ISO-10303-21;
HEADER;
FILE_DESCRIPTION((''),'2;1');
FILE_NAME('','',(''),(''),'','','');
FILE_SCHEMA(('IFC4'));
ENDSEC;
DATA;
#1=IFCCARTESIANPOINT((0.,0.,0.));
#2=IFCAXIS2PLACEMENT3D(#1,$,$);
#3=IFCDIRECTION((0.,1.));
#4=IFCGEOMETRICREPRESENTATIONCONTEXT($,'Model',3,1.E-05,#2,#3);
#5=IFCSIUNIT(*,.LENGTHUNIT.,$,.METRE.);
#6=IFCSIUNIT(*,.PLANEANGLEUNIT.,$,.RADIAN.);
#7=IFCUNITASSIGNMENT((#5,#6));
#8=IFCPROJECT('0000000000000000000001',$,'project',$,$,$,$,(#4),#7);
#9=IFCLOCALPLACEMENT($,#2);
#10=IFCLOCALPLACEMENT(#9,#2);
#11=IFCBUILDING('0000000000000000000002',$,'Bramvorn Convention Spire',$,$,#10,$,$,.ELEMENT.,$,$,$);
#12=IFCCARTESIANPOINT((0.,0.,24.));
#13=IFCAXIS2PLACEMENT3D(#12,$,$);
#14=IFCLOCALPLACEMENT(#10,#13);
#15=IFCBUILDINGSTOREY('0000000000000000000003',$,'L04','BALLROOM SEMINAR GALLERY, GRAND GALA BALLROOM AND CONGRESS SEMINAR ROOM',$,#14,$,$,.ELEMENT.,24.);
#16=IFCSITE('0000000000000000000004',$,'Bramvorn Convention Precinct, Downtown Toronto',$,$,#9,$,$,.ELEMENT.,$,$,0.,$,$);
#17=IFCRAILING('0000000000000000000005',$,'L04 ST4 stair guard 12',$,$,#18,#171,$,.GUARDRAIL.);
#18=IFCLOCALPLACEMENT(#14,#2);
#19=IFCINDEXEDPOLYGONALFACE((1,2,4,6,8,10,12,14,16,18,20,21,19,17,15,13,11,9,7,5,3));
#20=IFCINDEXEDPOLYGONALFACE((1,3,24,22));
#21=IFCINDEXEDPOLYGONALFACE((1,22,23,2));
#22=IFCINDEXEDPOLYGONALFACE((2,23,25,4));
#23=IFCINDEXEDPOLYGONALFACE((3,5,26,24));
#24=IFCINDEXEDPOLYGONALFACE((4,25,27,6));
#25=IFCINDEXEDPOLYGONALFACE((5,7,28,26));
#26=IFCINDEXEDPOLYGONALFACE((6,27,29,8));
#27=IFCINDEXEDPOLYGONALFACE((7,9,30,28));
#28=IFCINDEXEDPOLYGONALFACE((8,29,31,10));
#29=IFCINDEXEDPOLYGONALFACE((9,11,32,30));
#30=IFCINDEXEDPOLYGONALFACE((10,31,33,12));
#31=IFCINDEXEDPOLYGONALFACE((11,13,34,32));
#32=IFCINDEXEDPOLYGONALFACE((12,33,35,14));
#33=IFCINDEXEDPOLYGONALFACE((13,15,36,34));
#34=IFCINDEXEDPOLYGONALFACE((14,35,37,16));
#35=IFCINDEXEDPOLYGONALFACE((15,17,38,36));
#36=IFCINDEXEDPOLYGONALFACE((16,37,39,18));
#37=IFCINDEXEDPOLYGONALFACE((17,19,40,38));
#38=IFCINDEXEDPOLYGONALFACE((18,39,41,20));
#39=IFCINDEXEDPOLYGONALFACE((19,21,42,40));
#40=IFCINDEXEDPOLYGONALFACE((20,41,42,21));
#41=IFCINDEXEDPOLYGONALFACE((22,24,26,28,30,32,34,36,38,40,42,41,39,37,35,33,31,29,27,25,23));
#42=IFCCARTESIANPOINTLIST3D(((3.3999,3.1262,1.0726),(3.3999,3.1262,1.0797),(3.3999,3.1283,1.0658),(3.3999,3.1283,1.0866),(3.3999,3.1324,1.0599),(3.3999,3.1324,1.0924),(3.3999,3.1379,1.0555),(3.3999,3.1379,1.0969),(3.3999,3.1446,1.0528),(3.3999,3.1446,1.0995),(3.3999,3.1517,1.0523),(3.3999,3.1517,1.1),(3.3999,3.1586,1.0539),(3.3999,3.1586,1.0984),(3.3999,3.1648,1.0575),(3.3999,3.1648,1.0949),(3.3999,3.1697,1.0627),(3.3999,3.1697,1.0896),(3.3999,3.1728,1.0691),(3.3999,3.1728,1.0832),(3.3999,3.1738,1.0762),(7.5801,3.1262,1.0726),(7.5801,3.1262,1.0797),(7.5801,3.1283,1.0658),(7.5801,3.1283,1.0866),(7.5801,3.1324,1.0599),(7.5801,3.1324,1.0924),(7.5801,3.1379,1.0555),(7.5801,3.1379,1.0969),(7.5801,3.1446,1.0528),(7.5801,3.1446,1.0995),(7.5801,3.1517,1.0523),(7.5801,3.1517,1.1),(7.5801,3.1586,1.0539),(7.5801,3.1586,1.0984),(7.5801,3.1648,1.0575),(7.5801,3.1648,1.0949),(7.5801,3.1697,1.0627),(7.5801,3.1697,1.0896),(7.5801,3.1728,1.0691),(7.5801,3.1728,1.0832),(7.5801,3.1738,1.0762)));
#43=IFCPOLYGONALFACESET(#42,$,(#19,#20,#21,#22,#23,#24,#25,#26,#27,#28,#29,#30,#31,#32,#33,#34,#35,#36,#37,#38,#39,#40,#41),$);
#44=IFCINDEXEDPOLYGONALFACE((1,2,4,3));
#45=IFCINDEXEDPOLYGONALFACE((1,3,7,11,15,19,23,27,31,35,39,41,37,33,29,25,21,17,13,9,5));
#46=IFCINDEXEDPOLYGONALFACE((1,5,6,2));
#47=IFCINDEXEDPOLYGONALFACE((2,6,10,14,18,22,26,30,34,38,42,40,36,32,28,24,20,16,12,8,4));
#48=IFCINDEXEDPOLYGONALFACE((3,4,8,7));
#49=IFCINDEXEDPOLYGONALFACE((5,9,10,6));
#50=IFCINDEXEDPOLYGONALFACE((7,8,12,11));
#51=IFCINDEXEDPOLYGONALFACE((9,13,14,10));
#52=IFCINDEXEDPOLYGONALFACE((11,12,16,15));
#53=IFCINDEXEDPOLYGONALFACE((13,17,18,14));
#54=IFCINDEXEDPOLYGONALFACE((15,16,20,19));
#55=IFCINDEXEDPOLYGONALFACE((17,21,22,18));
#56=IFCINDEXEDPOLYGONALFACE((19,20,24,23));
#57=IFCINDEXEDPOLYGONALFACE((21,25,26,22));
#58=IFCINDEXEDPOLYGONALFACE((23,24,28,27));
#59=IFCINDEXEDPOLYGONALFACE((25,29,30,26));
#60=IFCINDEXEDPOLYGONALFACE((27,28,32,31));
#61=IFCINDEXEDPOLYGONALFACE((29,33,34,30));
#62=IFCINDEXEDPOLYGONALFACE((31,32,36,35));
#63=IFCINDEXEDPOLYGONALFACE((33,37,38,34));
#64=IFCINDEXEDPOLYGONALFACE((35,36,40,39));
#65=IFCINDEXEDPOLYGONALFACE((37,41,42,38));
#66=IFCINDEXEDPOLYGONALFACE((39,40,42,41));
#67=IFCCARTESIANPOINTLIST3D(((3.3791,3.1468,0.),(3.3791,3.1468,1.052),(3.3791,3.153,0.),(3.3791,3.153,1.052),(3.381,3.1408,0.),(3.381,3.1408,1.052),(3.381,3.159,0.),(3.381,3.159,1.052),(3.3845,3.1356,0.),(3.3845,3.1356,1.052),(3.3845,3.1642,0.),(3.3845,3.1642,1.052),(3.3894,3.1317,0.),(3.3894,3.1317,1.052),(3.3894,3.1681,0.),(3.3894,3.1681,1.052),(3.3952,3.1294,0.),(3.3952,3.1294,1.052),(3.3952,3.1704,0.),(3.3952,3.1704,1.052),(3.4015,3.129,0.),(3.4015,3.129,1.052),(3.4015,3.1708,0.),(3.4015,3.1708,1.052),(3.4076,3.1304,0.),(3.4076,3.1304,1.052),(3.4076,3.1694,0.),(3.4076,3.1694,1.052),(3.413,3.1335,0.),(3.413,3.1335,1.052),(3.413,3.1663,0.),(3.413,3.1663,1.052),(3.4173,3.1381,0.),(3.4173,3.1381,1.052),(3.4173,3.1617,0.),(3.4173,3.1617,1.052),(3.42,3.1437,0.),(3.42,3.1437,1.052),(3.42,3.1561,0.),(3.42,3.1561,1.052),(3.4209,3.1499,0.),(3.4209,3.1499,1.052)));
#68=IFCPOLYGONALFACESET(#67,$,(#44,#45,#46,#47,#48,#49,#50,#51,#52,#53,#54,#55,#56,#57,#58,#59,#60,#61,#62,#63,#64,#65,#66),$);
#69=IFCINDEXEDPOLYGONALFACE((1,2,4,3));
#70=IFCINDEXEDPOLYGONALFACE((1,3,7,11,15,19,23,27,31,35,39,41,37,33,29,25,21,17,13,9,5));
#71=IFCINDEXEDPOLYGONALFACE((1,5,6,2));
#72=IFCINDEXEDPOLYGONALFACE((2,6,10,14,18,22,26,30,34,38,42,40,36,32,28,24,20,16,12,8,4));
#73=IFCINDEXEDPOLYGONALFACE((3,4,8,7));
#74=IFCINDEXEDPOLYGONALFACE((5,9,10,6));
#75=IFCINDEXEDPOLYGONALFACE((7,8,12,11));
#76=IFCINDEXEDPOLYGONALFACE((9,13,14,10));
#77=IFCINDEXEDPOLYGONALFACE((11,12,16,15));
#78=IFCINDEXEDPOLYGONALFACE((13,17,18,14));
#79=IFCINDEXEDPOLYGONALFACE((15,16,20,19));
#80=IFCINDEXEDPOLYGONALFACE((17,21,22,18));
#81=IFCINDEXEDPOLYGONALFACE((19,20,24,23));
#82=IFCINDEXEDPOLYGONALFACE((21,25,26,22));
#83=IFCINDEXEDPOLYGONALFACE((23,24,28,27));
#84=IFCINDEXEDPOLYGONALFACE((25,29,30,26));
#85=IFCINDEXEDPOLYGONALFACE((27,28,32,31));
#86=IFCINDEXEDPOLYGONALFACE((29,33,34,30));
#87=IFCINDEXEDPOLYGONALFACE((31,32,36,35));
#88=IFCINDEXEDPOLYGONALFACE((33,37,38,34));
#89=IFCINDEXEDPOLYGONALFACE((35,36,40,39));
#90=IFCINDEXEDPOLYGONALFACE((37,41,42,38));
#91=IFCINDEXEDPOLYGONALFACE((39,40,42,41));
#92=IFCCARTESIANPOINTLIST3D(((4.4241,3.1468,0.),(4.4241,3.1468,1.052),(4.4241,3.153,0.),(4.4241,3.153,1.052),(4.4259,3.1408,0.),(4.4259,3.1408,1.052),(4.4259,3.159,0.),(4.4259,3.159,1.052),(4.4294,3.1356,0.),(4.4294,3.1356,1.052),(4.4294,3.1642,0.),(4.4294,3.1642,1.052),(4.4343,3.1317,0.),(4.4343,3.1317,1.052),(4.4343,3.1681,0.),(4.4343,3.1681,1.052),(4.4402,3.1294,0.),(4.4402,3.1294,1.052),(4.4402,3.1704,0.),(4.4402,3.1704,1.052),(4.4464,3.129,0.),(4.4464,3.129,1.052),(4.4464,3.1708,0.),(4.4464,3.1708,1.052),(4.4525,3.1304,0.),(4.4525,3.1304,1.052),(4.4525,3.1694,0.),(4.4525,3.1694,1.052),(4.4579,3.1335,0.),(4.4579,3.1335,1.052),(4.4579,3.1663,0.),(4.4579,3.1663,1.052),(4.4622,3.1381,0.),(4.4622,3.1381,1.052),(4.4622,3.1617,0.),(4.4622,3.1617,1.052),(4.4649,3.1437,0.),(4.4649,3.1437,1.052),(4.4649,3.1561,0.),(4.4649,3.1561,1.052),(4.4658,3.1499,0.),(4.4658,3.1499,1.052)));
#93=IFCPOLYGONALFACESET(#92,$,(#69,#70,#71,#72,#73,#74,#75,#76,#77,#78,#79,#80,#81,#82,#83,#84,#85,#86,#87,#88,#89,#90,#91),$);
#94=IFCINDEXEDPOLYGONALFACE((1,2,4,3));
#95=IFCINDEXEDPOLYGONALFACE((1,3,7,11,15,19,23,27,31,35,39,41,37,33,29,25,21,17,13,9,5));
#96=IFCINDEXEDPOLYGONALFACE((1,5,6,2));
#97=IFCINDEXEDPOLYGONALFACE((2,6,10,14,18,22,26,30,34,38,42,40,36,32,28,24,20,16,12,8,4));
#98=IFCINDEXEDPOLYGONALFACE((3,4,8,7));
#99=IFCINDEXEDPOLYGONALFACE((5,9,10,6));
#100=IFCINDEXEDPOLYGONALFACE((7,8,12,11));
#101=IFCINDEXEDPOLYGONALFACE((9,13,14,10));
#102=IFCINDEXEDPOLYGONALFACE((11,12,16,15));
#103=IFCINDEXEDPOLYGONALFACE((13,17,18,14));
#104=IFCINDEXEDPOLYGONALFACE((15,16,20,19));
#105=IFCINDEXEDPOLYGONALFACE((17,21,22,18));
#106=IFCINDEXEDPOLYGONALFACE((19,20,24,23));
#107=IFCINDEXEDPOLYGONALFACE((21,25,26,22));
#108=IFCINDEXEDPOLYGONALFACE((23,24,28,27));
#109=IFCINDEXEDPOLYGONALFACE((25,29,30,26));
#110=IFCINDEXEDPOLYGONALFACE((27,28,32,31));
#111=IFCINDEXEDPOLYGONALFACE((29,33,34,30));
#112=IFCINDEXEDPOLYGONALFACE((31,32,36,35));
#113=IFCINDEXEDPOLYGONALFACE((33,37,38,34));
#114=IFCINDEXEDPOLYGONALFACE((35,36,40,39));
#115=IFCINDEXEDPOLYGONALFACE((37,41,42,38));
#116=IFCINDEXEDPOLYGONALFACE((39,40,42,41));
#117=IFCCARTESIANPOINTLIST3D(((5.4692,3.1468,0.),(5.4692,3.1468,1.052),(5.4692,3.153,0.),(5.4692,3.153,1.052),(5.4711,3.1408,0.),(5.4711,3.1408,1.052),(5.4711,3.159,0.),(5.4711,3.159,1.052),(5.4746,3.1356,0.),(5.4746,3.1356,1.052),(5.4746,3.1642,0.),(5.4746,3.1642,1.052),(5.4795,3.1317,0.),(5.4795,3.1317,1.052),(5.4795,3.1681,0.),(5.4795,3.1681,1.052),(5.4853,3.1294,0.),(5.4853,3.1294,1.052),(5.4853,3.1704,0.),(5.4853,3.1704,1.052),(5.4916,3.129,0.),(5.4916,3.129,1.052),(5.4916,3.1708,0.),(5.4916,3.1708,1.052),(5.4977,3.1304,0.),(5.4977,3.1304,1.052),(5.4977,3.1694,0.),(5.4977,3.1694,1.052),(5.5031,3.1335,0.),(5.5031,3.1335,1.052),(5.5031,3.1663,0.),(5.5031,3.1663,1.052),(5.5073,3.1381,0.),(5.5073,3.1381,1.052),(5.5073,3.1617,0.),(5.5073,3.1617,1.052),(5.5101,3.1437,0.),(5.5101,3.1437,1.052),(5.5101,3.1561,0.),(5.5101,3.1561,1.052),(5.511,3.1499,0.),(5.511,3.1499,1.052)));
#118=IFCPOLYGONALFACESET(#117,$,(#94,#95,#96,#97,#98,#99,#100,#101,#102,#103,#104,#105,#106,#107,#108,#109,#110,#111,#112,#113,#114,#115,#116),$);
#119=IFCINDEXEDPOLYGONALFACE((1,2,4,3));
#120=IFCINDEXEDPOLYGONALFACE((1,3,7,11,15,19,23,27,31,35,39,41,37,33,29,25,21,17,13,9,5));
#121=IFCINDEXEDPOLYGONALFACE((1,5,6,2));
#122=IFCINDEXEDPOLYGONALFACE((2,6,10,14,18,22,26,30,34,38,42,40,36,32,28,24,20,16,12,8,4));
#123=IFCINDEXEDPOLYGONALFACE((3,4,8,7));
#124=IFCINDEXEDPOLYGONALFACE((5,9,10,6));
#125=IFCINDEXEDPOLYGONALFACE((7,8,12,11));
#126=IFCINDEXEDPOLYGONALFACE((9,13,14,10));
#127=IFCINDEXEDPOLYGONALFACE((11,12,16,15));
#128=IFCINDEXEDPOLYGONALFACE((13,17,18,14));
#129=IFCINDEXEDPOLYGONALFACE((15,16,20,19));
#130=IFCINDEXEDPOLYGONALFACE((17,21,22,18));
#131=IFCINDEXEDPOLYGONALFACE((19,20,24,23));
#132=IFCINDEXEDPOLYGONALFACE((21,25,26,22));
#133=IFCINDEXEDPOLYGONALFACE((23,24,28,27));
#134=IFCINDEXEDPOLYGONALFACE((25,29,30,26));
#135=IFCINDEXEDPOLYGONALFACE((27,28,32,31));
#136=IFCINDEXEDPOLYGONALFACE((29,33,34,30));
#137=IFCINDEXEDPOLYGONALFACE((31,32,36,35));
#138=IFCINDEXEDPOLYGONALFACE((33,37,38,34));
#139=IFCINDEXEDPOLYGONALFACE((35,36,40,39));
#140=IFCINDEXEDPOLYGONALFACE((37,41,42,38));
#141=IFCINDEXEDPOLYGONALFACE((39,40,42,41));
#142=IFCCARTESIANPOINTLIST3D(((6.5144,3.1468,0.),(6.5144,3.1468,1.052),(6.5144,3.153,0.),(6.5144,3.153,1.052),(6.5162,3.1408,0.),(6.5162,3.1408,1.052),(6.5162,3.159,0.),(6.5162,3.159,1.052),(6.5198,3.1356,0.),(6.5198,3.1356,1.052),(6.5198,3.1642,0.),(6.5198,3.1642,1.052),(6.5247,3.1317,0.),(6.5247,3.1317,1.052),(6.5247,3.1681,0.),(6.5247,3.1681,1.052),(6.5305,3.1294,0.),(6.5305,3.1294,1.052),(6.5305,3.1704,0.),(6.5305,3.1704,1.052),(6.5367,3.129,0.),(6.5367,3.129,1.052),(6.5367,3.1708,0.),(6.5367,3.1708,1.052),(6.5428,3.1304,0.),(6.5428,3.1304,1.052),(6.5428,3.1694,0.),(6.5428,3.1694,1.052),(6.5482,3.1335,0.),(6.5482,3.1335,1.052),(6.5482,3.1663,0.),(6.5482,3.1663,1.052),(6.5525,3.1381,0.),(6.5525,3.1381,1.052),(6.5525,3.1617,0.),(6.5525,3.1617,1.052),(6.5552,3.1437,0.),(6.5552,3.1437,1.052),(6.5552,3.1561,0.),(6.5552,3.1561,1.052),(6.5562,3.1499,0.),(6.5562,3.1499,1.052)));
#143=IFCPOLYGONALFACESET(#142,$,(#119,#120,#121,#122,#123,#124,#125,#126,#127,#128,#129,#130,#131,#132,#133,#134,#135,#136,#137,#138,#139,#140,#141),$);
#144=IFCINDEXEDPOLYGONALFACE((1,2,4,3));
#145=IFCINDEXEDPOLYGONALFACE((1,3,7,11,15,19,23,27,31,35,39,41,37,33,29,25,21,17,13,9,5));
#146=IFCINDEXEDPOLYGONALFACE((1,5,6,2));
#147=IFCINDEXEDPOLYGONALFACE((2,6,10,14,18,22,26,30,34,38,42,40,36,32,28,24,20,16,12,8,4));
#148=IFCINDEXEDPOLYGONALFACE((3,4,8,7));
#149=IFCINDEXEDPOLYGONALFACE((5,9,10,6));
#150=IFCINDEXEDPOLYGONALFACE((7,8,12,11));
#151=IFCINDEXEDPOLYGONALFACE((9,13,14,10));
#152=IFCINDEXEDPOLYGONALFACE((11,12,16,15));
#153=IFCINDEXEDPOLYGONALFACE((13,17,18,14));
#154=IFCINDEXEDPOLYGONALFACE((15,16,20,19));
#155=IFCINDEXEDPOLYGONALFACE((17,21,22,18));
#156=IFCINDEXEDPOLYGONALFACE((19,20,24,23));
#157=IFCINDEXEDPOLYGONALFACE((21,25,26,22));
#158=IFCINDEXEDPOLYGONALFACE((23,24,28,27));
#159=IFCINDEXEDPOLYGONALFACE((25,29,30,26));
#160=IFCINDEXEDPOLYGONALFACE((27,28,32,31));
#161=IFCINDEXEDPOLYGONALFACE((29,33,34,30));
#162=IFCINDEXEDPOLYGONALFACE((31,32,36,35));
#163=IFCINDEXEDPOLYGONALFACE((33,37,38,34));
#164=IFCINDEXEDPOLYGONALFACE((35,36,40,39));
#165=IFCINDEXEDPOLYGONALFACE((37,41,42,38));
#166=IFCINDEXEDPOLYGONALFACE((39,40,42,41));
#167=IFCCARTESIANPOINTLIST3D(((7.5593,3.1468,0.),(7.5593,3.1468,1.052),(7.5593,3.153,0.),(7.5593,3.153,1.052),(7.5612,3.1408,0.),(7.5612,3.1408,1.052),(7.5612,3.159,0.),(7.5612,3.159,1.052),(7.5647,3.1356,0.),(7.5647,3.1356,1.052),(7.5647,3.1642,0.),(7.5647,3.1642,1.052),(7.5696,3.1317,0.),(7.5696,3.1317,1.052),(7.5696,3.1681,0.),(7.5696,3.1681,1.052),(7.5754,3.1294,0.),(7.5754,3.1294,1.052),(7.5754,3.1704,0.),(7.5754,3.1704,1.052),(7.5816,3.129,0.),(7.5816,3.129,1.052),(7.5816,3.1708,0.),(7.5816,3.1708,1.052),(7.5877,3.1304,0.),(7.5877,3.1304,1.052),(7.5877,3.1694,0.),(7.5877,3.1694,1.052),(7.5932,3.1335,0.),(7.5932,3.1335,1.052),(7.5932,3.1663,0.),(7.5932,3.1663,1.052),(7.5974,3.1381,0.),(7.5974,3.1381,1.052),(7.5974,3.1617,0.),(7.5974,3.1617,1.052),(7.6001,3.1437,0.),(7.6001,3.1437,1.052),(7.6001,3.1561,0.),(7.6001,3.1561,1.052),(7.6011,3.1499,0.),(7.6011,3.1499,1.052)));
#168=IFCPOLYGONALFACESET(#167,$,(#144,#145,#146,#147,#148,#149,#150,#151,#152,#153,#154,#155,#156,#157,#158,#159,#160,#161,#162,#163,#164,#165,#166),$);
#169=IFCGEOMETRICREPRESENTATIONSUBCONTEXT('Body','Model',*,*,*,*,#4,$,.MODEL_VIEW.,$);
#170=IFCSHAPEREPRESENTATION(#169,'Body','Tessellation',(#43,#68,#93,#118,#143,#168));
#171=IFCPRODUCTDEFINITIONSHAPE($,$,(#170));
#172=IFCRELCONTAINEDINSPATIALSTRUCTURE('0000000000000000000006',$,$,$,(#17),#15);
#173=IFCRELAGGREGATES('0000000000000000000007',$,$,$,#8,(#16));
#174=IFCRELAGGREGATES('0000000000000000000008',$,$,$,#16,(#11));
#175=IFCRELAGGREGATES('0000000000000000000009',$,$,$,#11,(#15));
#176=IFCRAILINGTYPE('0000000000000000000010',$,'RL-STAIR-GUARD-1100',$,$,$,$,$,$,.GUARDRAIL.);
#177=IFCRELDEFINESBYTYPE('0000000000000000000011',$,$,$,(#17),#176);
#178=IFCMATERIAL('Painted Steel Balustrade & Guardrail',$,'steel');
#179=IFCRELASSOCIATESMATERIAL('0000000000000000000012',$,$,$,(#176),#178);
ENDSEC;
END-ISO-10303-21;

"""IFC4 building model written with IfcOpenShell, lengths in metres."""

from ifc_helpers import new_model, si_unit, direction, frame, origin, origin_2d, place, context, subcontext, project, spatial, circle, extrude, material, type_object, element, save


model = new_model("IFC4")

# Units and contexts
model_context = context("Model", 3, precision=1e-05, world=origin(), true_north=direction((0.0, 1.0)))
body_context = subcontext(model_context, "Body", "Model", "MODEL_VIEW")
ifc_project = project(units=[si_unit("LENGTHUNIT", "METRE"), si_unit("PLANEANGLEUNIT", "RADIAN")], contexts=[model_context])

# Site, building, storey
site_placement = place(None, origin())
site = spatial("IfcSite", under=ifc_project, at=site_placement, Name="Bramvorn Convention Precinct, Downtown Toronto", CompositionType="ELEMENT", RefElevation=0.0)
building_placement = place(site_placement, origin())
building = spatial("IfcBuilding", under=site, at=building_placement, Name="Bramvorn Convention Spire", CompositionType="ELEMENT")
storey_placement = place(building_placement, frame((0.0, 0.0, 24.0)))
storey = spatial("IfcBuildingStorey", under=building, at=storey_placement, Name="L04", Description="BALLROOM SEMINAR GALLERY, GRAND GALA BALLROOM AND CONGRESS SEMINAR ROOM", CompositionType="ELEMENT", Elevation=24.0)

# Railing
ifc_material_1 = material(Name="Painted Steel Balustrade & Guardrail", Category="steel")
railing_type = type_object("IfcRailingType", Name="RL-STAIR-GUARD-1100", PredefinedType="GUARDRAIL", material=ifc_material_1)
railing_placement = place(storey_placement, frame((3.3999, 3.1499, 0.0)))
element("IfcRailing", 1, at=railing_placement, inside=storey, type_object=railing_type, Name="L04 ST4 stair guard 12", PredefinedType="GUARDRAIL", context=body_context, shape_type="SweptSolid", body=[
    extrude(circle(Radius=0.0239, at=origin_2d()), frame((0.0, 0.0, 1.0762), z_axis=(1.0, 0.0, 0.0), x_axis=(0.0, 1.0, 0.0)), (0.0, 0.0, 1.0), 4.1802),
    extrude(circle(Radius=0.021, at=origin_2d()), origin(), (0.0, 0.0, 1.0), 1.052),
    extrude(circle(Radius=0.021, at=origin_2d()), frame((1.0449, 0.0, 0.0)), (0.0, 0.0, 1.0), 1.052),
    extrude(circle(Radius=0.021, at=origin_2d()), frame((2.0901, 0.0, 0.0)), (0.0, 0.0, 1.0), 1.052),
    extrude(circle(Radius=0.021, at=origin_2d()), frame((3.1353, 0.0, 0.0)), (0.0, 0.0, 1.0), 1.052),
    extrude(circle(Radius=0.021, at=origin_2d()), frame((4.1802, 0.0, 0.0)), (0.0, 0.0, 1.0), 1.052),
])

save(model, "model.ifc")
